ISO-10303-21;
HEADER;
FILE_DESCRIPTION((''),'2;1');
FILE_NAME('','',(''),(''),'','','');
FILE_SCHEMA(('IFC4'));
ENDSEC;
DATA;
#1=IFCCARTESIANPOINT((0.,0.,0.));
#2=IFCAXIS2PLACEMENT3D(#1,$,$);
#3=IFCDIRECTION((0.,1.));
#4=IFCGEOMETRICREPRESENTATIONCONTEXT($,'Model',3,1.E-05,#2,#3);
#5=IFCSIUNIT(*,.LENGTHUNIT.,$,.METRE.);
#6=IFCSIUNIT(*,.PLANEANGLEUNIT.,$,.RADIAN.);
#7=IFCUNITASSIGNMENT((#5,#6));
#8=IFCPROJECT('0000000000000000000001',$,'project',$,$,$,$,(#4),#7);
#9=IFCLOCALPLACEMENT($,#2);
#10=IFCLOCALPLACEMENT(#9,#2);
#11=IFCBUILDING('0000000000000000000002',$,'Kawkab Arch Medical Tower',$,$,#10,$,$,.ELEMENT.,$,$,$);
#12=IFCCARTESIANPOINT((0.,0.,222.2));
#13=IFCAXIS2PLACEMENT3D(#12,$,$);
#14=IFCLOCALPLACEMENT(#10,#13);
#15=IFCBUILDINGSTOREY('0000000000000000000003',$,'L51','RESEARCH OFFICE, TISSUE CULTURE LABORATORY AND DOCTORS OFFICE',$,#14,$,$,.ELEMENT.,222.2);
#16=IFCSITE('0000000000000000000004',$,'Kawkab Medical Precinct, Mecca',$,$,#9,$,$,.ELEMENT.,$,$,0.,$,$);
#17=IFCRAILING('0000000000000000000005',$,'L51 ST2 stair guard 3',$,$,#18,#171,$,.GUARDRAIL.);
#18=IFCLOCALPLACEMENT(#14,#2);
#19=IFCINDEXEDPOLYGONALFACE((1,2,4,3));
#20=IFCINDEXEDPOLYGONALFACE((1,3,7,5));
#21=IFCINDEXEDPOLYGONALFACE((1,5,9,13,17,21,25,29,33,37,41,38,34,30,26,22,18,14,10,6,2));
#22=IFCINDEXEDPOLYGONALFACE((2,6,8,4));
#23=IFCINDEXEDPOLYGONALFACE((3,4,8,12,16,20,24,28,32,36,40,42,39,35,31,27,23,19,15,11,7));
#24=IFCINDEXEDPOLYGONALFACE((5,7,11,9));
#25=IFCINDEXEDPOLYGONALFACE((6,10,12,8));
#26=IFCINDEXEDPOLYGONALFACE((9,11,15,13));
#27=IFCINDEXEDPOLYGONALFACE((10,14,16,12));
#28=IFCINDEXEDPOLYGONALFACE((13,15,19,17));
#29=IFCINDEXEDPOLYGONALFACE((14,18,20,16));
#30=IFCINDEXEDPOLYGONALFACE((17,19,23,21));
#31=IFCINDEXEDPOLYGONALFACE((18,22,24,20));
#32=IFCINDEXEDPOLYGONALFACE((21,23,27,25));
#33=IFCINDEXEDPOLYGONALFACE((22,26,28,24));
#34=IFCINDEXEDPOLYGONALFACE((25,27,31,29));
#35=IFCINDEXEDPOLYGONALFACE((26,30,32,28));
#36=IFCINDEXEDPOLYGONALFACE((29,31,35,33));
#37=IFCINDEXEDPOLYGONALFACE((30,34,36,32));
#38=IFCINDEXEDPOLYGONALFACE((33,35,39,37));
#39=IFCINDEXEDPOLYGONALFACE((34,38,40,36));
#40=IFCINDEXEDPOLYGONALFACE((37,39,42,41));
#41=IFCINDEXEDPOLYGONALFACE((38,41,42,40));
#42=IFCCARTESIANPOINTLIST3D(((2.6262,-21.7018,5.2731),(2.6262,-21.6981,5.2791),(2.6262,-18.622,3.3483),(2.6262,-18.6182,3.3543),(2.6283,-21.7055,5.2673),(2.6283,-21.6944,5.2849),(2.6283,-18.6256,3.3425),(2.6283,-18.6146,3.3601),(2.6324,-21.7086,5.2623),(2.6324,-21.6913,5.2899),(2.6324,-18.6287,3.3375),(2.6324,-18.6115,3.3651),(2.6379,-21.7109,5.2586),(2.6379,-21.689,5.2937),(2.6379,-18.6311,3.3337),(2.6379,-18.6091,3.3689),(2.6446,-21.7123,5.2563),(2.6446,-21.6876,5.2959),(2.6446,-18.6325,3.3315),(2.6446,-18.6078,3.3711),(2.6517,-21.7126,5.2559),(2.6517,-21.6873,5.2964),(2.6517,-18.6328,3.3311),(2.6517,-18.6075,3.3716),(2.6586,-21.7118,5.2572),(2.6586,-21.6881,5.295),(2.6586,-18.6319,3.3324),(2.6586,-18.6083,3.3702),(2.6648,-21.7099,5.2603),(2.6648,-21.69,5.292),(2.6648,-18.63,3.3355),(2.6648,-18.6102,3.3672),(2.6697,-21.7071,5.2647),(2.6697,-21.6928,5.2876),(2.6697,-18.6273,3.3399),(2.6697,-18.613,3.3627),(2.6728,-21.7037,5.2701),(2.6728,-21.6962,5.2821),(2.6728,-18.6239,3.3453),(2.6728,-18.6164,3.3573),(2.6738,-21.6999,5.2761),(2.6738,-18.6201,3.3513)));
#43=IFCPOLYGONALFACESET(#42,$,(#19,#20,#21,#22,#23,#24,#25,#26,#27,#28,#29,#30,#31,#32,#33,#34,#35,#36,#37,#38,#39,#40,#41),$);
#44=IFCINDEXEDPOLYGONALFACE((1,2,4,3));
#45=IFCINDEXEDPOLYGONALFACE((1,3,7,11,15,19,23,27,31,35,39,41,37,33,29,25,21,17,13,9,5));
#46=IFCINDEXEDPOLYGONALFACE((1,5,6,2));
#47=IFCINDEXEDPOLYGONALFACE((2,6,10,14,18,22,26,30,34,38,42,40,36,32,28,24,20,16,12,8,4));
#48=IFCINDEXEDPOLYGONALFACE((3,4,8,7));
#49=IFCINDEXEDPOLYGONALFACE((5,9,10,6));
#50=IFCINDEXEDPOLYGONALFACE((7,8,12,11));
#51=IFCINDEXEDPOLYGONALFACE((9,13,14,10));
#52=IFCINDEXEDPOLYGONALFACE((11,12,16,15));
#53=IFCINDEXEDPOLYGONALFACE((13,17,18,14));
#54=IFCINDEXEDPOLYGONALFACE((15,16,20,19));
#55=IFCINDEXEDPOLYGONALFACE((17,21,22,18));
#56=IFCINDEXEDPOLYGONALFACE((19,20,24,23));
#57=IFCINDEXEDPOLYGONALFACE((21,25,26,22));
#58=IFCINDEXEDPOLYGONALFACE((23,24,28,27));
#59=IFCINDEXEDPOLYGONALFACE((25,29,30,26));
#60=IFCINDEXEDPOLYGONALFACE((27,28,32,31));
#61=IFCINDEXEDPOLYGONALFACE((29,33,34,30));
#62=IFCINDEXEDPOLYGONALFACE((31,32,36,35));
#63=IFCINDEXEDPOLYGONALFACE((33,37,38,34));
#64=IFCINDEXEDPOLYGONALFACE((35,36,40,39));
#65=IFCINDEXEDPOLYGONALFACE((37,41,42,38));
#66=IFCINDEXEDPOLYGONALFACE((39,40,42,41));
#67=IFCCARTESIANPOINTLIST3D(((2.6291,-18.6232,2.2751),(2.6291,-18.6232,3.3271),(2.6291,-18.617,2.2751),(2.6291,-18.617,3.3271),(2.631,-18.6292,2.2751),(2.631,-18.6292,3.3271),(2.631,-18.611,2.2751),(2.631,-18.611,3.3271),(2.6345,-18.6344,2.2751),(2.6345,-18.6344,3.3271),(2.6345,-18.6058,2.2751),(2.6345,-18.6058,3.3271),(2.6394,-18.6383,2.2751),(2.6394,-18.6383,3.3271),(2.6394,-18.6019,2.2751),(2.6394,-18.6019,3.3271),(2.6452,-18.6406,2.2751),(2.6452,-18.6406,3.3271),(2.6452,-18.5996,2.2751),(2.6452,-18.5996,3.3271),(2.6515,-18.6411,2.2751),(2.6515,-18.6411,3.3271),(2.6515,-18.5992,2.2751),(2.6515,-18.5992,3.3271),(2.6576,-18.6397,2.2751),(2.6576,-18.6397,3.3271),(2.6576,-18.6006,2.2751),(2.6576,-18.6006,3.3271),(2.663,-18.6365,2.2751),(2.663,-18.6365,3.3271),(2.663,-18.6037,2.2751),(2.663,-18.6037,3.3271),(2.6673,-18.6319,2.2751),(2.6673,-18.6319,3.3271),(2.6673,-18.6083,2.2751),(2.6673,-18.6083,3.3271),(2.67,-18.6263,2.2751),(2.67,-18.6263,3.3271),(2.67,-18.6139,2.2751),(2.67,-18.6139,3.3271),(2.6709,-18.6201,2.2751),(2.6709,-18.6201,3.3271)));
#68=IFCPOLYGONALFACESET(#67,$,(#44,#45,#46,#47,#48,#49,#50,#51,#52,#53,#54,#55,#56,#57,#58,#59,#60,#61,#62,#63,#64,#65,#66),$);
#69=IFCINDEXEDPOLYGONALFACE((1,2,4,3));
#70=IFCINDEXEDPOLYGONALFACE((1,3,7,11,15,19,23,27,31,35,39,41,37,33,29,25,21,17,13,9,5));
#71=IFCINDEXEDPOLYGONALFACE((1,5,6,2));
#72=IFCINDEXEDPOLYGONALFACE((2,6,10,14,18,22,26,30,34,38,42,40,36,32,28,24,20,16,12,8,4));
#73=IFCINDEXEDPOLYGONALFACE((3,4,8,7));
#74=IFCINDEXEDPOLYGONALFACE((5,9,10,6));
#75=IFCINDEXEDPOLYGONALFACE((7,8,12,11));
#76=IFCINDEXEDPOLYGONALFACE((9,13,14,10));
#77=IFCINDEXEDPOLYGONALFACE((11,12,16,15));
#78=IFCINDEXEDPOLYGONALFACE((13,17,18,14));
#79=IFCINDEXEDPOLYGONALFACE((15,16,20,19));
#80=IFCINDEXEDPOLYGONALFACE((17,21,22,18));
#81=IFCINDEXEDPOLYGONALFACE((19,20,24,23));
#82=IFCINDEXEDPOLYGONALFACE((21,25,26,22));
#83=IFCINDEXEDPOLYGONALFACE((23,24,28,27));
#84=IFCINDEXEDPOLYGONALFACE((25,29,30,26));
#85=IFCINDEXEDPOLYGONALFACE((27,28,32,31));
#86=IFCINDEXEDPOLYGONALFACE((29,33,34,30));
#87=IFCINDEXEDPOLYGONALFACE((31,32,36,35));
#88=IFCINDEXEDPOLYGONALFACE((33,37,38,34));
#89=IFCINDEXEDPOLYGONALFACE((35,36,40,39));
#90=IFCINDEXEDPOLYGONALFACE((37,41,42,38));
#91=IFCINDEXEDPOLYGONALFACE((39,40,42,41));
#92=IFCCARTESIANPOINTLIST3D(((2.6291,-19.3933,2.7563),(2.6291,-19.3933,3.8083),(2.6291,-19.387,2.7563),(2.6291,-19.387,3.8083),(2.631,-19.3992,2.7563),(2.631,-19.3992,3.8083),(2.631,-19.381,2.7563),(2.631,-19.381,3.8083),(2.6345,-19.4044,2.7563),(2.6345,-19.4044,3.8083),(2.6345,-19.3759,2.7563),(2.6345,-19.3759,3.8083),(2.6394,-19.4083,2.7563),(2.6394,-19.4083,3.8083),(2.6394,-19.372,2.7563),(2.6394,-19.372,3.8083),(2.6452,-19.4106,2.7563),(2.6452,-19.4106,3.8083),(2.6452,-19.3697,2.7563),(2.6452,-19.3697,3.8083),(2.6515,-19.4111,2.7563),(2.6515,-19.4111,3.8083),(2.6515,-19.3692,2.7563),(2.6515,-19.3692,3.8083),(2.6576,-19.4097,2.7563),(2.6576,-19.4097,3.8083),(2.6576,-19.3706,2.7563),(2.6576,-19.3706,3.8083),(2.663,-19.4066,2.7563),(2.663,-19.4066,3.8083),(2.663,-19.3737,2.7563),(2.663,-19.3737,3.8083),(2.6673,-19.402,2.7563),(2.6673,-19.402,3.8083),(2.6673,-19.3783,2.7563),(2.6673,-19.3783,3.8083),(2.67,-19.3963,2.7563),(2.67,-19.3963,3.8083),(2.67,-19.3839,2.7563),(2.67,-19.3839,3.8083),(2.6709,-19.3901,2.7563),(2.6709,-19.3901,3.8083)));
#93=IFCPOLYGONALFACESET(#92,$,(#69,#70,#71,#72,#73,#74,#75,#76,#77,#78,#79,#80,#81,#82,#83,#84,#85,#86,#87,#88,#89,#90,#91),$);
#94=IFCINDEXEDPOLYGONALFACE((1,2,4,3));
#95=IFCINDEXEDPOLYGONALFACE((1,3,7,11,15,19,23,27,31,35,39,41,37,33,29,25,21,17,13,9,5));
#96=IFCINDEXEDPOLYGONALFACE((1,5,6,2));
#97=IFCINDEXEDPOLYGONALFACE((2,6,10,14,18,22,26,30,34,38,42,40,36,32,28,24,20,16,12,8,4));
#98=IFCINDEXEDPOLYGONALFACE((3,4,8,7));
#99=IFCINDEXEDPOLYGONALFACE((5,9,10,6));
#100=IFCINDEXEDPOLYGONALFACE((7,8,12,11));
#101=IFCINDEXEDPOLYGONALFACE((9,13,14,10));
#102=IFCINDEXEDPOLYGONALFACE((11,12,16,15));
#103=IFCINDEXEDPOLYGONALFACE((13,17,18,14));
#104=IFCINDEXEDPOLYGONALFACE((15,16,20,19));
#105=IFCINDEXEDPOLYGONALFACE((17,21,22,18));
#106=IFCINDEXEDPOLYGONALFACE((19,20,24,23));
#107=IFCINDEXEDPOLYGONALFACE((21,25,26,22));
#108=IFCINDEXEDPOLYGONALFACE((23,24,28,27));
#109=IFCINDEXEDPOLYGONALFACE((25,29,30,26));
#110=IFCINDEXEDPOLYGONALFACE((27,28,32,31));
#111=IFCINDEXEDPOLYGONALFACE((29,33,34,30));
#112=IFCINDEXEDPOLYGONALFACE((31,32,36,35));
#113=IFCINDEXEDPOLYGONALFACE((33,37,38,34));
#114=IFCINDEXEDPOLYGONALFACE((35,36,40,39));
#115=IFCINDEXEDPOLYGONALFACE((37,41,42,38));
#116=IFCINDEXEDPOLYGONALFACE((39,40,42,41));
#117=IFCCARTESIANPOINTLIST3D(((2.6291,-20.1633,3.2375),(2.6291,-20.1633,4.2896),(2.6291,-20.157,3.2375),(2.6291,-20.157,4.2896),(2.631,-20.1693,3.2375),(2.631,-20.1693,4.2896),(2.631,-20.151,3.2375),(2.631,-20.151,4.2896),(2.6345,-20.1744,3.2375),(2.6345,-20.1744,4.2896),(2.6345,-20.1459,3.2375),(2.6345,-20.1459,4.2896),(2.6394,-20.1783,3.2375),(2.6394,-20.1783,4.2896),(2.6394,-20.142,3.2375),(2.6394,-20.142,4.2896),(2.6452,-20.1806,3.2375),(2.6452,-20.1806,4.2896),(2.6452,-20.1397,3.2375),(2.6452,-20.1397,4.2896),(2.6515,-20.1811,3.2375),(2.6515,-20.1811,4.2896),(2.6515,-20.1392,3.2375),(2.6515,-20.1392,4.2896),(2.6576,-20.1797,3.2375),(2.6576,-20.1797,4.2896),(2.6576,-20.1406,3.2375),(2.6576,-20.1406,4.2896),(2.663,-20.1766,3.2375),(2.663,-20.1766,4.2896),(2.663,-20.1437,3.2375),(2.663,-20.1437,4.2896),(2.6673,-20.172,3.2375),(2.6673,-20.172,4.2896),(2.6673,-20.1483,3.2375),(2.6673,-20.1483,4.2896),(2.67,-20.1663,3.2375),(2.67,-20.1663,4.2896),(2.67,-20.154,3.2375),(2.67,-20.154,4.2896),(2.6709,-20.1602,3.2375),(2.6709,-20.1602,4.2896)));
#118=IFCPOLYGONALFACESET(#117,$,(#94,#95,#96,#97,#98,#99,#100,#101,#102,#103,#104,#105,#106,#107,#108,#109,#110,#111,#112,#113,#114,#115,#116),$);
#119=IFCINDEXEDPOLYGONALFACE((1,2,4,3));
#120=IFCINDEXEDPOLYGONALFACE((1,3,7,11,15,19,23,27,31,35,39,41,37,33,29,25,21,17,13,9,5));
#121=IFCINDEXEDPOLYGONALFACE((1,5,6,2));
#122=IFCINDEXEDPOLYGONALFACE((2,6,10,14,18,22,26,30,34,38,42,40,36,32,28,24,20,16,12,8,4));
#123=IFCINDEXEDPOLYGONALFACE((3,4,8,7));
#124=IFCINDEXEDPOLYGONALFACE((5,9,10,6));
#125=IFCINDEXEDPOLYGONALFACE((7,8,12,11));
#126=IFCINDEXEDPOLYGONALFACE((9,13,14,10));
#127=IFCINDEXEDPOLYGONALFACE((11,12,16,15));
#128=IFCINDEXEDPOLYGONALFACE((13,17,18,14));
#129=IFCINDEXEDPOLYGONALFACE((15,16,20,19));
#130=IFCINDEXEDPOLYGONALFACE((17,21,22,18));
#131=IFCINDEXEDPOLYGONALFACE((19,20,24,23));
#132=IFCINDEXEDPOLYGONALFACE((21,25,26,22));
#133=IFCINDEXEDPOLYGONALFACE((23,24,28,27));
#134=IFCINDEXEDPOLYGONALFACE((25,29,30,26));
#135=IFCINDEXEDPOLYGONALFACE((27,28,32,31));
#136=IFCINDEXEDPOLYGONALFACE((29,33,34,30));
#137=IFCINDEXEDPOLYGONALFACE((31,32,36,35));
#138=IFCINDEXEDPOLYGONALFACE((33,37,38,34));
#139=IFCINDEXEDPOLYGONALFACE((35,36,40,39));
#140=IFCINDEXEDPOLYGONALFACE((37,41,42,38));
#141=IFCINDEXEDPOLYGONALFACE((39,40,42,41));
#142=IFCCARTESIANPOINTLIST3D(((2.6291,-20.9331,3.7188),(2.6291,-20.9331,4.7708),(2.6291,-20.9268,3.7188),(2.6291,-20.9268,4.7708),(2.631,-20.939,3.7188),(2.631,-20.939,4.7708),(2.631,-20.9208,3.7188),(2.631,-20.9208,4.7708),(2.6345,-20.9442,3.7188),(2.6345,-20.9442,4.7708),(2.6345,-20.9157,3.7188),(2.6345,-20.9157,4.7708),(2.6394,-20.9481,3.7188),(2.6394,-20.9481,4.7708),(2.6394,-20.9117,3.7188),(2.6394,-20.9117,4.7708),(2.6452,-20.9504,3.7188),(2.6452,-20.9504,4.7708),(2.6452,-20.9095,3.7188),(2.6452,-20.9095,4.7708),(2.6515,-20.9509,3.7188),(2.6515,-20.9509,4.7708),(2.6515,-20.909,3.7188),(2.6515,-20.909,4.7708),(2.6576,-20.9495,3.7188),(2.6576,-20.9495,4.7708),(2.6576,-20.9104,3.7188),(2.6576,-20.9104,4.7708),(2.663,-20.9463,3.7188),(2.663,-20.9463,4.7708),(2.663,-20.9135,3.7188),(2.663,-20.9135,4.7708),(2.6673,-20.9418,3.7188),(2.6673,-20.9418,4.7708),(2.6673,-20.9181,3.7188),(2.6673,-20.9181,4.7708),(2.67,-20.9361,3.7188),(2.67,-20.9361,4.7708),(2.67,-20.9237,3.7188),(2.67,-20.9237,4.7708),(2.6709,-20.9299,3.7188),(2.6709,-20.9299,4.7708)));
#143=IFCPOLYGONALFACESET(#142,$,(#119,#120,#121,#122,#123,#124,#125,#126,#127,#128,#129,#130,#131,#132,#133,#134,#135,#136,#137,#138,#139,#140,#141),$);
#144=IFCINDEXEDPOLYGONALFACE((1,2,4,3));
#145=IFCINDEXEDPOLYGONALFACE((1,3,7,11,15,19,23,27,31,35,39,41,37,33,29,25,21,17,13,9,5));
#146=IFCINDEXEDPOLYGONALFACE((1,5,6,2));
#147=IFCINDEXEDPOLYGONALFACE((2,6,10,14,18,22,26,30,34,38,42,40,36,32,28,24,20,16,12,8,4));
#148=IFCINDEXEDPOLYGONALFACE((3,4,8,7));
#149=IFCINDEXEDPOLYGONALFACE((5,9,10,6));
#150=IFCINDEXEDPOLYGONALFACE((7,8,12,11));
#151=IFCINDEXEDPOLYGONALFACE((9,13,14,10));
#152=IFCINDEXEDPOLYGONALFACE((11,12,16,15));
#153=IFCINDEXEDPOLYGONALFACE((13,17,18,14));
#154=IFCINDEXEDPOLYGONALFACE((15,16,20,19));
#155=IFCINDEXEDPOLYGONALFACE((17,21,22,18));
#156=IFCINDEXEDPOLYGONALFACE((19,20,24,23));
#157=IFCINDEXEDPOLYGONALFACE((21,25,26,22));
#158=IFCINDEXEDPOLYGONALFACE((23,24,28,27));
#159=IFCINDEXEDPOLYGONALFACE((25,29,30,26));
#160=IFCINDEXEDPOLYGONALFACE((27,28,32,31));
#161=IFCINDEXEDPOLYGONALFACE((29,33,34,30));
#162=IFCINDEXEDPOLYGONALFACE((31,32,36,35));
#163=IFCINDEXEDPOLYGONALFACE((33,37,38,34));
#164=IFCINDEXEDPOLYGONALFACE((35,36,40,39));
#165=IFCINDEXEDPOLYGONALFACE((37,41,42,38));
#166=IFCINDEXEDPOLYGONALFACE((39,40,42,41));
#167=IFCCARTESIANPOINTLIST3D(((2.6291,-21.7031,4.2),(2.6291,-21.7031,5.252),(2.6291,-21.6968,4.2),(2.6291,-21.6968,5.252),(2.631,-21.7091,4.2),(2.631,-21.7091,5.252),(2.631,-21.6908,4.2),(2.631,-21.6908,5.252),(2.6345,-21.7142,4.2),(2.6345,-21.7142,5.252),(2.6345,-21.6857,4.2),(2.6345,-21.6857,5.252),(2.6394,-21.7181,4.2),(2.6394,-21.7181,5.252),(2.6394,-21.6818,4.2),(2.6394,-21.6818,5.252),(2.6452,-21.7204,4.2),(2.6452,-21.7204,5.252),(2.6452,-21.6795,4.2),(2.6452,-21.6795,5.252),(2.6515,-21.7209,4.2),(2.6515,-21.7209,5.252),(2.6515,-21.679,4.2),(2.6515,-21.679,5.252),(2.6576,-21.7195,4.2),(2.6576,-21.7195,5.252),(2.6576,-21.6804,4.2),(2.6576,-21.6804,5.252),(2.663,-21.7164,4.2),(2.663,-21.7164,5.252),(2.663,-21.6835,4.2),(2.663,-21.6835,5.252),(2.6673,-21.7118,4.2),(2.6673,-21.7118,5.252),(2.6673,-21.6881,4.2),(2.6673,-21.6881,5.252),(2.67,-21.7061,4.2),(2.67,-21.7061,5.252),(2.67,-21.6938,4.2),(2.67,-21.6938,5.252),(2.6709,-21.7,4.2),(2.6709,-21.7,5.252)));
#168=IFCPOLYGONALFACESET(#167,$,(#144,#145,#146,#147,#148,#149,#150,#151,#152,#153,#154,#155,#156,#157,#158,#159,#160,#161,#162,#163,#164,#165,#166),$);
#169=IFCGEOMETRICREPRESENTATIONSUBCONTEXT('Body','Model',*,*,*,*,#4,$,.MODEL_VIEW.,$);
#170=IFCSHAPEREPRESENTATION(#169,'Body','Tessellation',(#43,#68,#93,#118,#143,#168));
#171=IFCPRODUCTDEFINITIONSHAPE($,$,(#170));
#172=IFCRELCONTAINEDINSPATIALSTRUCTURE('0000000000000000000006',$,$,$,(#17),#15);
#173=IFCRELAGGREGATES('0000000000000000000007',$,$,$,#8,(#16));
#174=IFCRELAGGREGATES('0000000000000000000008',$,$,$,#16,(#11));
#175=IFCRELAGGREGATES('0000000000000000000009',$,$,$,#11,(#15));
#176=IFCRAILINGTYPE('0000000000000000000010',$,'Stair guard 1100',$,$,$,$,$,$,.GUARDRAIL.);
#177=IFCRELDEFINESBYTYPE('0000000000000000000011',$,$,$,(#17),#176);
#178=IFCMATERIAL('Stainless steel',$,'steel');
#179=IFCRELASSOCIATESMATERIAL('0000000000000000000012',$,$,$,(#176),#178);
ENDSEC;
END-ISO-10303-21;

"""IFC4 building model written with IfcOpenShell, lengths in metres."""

from ifc_helpers import new_model, si_unit, direction, frame, origin, origin_2d, place, context, subcontext, project, spatial, circle, extrude, material, type_object, element, save


model = new_model("IFC4")

# Units and contexts
model_context = context("Model", 3, precision=1e-05, world=origin(), true_north=direction((0.0, 1.0)))
body_context = subcontext(model_context, "Body", "Model", "MODEL_VIEW")
ifc_project = project(units=[si_unit("LENGTHUNIT", "METRE"), si_unit("PLANEANGLEUNIT", "RADIAN")], contexts=[model_context])

# Site, building, storey
site_placement = place(None, origin())
site = spatial("IfcSite", under=ifc_project, at=site_placement, Name="Kawkab Medical Precinct, Mecca", CompositionType="ELEMENT", RefElevation=0.0)
building_placement = place(site_placement, origin())
building = spatial("IfcBuilding", under=site, at=building_placement, Name="Kawkab Arch Medical Tower", CompositionType="ELEMENT")
storey_placement = place(building_placement, frame((0.0, 0.0, 222.2)))
storey = spatial("IfcBuildingStorey", under=building, at=storey_placement, Name="L51", Description="RESEARCH OFFICE, TISSUE CULTURE LABORATORY AND DOCTORS OFFICE", CompositionType="ELEMENT", Elevation=222.2)

# Railing
ifc_material_1 = material(Name="Stainless steel", Category="steel")
railing_type_1 = type_object("IfcRailingType", Name="Stair guard 1100", PredefinedType="GUARDRAIL", material=ifc_material_1)
railing_1_placement = place(storey_placement, frame((2.6499, -18.6201, 2.2751)))
element("IfcRailing", 1, at=railing_1_placement, inside=storey, type_object=railing_type_1, Name="L51 ST2 stair guard 3", PredefinedType="GUARDRAIL", context=body_context, shape_type="SweptSolid", body=[
    extrude(circle(Radius=0.0239, at=origin_2d()), frame((0.0, 0.0, 1.0762), z_axis=(0.0, -0.84801, 0.529981), x_axis=(1.0, 0.0, 0.0)), (0.0, 0.0, 1.0), 3.6318),
    extrude(circle(Radius=0.021, at=origin_2d()), origin(), (0.0, 0.0, 1.0), 1.052),
    extrude(circle(Radius=0.021, at=origin_2d()), frame((0.0, -0.77, 0.4812)), (0.0, 0.0, 1.0), 1.052),
    extrude(circle(Radius=0.021, at=origin_2d()), frame((0.0, -1.54, 0.9624)), (0.0, 0.0, 1.0), 1.052),
    extrude(circle(Radius=0.021, at=origin_2d()), frame((0.0, -2.3098, 1.4436)), (0.0, 0.0, 1.0), 1.052),
    extrude(circle(Radius=0.021, at=origin_2d()), frame((0.0, -3.0798, 1.9248)), (0.0, 0.0, 1.0), 1.052),
])

save(model, "model.ifc")
